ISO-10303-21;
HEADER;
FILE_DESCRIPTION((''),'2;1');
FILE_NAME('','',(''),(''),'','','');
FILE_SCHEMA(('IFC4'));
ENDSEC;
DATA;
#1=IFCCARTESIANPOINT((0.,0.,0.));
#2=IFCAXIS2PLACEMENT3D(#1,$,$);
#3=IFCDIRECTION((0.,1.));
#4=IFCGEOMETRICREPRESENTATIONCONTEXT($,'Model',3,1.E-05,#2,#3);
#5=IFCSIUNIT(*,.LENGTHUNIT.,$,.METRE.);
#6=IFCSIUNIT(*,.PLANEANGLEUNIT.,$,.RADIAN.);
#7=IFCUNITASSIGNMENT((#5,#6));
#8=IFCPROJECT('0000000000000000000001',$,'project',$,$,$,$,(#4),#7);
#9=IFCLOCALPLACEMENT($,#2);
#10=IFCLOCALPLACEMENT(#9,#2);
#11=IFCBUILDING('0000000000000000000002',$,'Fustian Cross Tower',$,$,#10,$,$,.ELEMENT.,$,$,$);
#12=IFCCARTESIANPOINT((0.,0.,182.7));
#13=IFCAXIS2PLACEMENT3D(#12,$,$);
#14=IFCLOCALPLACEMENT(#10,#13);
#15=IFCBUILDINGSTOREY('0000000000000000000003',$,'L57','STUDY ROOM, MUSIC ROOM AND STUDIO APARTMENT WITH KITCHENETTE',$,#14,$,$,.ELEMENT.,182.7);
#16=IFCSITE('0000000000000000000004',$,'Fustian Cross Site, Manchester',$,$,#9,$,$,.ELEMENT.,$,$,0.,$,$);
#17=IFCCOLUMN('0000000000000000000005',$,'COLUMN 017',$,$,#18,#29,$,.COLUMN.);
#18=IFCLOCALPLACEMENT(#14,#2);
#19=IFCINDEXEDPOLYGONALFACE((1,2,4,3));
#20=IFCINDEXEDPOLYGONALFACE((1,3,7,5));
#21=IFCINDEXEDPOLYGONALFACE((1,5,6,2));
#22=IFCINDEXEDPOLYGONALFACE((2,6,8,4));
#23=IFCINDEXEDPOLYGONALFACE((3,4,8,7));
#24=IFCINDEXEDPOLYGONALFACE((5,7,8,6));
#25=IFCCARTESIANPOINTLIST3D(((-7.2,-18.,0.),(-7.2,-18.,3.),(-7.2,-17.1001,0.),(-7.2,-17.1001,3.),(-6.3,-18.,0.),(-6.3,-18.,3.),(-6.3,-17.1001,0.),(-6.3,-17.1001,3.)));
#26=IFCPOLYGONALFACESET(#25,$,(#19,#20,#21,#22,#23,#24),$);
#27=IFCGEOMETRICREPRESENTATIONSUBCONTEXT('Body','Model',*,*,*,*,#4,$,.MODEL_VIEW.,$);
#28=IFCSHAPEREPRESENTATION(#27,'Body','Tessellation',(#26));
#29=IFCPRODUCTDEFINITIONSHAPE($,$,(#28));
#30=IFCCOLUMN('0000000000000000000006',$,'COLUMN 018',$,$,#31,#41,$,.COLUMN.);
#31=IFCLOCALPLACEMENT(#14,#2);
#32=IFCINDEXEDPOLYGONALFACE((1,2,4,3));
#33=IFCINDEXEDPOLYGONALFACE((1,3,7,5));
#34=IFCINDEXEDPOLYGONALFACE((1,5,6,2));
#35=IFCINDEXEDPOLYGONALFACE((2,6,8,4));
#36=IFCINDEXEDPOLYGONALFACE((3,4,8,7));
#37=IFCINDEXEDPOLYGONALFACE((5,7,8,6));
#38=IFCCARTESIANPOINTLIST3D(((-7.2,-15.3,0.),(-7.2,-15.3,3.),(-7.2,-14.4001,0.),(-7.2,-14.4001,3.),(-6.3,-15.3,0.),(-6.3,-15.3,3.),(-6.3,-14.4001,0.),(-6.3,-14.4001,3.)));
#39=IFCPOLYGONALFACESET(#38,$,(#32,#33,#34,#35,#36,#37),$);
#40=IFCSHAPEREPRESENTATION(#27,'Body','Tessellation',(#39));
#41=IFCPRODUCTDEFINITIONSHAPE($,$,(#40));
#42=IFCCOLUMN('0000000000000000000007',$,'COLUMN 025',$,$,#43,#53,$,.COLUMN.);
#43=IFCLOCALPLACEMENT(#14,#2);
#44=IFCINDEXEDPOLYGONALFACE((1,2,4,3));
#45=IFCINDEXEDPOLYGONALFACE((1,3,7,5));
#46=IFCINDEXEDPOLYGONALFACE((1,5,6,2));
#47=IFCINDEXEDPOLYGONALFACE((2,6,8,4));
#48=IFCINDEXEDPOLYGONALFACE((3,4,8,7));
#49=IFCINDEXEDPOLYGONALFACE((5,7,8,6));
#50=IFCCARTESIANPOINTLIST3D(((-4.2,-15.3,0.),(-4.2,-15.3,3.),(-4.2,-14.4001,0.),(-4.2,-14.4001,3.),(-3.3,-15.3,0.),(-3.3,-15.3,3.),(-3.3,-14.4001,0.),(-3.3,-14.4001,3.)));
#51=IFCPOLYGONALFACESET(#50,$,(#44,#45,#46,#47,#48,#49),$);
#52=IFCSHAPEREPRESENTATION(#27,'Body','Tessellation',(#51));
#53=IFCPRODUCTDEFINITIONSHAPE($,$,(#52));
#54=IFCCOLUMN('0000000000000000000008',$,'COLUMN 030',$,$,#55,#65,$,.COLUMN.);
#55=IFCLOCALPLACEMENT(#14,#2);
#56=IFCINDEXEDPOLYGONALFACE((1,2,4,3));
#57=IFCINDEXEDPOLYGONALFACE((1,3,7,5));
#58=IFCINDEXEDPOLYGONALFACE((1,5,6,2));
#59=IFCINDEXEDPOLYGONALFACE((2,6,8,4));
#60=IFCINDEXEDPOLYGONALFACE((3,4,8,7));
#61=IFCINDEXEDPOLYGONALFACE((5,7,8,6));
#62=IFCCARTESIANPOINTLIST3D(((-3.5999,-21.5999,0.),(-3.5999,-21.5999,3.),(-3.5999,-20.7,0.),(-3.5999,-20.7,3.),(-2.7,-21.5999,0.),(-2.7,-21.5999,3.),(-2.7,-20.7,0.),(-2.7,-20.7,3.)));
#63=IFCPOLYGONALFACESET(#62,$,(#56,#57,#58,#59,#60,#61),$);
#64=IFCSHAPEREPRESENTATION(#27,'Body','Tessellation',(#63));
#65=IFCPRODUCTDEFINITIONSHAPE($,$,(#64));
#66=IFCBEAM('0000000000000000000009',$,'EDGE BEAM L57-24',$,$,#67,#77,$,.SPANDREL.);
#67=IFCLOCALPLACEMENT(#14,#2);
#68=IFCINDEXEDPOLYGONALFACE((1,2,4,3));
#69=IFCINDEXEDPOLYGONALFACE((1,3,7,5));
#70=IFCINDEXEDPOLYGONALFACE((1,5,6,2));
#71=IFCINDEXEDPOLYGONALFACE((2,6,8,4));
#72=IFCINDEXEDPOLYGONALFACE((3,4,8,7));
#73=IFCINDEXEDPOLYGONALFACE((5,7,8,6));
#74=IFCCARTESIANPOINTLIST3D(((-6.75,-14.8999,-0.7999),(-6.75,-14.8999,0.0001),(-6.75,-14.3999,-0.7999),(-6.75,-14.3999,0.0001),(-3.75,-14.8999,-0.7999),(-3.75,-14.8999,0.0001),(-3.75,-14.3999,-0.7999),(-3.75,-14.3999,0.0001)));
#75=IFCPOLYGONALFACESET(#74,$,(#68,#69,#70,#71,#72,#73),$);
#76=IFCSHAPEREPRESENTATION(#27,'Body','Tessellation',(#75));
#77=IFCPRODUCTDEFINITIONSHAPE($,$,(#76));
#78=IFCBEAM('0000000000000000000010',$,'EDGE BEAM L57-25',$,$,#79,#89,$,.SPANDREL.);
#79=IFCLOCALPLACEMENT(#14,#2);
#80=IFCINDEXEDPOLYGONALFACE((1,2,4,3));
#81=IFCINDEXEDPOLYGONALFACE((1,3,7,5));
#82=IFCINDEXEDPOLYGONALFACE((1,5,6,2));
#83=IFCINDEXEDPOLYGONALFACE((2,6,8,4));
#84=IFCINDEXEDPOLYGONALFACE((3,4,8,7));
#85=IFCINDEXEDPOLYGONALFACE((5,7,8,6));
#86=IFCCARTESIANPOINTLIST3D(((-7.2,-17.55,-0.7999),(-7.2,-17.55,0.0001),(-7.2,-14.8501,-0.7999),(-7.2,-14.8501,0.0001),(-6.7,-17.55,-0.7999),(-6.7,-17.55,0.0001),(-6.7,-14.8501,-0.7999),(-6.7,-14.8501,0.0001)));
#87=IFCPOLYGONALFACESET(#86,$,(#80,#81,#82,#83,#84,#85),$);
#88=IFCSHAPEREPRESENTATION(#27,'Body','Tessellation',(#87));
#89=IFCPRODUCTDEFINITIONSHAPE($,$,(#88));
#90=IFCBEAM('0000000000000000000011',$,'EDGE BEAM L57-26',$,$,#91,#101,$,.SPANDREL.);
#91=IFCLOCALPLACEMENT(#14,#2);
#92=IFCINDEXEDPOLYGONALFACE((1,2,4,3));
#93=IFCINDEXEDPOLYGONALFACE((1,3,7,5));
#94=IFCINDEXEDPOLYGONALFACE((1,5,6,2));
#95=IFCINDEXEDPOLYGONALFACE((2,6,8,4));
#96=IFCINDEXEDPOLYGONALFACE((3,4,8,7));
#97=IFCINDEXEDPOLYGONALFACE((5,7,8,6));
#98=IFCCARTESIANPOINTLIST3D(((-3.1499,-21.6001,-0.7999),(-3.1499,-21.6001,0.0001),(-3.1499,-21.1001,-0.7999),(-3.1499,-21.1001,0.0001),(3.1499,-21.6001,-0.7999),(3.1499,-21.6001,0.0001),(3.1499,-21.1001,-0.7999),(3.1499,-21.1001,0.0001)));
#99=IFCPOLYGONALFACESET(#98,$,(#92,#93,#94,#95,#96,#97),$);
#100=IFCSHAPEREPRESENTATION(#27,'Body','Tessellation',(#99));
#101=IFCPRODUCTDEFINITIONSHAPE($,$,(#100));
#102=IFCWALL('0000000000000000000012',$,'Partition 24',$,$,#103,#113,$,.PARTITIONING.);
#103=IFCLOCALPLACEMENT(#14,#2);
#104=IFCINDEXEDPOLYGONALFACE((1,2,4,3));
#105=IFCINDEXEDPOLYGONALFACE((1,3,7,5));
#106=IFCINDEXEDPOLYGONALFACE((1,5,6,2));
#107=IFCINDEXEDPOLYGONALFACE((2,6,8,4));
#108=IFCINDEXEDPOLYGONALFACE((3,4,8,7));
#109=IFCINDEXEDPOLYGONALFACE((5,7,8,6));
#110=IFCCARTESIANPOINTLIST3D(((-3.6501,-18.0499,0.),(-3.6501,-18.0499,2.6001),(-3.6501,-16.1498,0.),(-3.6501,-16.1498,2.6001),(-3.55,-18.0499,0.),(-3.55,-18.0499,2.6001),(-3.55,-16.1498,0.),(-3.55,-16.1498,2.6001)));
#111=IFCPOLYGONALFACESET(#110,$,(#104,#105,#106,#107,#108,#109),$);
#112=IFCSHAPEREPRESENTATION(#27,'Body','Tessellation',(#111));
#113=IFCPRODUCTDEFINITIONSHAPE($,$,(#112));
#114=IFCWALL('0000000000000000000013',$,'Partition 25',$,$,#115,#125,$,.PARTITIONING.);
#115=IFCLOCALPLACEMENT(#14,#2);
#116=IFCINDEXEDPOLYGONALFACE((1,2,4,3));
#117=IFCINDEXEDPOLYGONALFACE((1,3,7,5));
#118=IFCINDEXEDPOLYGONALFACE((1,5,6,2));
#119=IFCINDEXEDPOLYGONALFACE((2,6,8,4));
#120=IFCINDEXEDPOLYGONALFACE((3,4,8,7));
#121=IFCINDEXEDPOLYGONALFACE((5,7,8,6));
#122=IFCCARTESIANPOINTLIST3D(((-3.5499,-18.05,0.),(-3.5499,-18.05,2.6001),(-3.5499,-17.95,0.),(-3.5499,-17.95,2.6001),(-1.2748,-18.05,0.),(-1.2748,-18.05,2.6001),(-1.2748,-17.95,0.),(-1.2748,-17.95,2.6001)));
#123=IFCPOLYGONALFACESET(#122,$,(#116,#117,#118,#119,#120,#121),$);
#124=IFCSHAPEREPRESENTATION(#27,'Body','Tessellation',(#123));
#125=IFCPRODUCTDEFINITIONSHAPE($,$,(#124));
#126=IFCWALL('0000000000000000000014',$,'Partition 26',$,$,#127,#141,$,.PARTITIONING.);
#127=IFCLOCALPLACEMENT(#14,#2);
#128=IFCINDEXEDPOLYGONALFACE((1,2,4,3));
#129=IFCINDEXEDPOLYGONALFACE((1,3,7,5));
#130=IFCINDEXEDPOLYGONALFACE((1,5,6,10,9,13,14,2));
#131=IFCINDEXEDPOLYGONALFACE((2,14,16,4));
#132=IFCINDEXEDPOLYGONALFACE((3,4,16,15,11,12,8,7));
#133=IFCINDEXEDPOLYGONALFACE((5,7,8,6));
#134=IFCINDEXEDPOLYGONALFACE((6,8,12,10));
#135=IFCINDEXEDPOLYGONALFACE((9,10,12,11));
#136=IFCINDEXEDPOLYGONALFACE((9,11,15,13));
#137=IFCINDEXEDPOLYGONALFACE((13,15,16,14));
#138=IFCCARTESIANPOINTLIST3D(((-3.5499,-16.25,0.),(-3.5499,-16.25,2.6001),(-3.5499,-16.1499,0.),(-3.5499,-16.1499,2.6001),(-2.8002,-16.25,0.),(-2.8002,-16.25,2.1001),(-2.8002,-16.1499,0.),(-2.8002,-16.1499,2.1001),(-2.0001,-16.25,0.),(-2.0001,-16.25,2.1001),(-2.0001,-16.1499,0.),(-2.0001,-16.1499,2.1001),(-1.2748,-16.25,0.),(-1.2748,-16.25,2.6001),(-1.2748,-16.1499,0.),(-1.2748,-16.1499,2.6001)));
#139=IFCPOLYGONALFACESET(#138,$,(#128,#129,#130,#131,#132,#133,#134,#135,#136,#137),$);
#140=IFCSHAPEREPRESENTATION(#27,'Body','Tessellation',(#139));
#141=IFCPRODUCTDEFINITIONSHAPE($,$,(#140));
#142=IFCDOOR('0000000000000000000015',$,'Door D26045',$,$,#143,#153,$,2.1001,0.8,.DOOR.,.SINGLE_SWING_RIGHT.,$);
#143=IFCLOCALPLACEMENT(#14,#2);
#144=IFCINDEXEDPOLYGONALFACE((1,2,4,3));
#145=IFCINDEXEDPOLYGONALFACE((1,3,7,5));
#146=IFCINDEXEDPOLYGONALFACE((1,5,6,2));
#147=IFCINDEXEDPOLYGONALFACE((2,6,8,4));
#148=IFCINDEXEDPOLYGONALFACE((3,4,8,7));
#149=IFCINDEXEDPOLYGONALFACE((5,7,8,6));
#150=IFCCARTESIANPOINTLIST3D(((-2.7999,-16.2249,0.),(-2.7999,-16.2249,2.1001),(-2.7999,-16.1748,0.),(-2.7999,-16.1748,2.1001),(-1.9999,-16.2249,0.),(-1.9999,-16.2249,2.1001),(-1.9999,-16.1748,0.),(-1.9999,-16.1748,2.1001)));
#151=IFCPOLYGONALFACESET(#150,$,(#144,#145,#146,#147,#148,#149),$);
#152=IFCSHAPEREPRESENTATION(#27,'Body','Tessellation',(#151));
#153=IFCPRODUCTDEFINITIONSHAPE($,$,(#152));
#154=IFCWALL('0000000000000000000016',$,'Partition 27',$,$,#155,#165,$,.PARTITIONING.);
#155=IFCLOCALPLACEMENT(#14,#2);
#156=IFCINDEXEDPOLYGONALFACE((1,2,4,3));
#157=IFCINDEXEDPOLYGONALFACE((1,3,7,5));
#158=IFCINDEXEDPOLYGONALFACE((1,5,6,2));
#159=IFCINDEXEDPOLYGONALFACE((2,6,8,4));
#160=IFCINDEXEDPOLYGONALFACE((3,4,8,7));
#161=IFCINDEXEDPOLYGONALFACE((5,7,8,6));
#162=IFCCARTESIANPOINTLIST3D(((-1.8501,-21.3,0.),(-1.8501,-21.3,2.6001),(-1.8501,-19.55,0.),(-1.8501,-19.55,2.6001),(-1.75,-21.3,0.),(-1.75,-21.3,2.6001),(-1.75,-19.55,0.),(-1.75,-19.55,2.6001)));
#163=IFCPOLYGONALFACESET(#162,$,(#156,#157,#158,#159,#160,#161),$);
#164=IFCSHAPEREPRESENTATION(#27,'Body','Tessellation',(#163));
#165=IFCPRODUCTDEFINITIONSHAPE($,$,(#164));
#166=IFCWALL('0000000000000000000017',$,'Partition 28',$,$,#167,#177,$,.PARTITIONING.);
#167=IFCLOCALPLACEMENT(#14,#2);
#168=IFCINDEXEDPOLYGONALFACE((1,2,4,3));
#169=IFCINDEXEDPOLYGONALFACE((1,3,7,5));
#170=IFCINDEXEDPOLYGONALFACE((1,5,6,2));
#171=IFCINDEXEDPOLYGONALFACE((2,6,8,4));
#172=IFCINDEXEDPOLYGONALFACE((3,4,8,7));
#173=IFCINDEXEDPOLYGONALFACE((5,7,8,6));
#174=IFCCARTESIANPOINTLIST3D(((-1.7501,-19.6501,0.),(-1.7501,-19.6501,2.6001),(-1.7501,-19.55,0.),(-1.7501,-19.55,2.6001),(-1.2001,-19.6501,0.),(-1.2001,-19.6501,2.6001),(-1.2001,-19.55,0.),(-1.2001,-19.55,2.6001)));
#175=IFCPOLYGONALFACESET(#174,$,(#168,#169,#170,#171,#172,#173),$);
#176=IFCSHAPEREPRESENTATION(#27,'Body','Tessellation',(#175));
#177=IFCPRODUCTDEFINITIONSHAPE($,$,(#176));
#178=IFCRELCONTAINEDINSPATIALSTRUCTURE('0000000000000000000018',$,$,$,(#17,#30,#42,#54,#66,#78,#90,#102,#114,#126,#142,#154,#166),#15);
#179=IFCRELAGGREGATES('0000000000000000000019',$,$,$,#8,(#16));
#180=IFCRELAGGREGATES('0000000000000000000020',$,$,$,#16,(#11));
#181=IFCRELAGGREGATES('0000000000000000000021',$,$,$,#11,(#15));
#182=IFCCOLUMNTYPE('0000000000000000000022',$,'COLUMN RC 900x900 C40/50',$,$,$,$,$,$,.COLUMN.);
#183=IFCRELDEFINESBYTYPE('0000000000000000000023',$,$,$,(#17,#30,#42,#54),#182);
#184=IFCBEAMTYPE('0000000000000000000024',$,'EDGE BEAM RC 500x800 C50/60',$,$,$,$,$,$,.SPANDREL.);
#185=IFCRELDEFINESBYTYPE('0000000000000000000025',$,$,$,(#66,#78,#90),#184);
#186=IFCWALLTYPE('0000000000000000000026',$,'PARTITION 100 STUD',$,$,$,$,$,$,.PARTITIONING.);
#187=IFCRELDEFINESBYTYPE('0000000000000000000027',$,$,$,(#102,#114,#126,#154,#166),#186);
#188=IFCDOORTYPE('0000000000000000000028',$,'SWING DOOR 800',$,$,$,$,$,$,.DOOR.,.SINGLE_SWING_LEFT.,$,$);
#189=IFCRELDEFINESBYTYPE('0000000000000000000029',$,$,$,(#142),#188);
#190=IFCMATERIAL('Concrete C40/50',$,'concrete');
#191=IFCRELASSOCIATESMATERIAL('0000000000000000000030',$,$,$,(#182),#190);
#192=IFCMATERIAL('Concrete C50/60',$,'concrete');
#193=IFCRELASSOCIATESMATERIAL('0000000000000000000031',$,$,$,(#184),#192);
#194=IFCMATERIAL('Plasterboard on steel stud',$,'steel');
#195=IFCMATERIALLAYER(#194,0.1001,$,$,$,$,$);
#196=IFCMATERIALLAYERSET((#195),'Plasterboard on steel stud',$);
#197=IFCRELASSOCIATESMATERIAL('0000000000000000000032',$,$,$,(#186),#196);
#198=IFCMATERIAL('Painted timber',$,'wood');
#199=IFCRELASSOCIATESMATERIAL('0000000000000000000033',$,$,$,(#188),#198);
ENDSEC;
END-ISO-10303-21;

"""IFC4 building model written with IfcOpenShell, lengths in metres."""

from ifc_helpers import new_model, si_unit, direction, frame, frame_2d, origin, origin_2d, place, context, subcontext, project, spatial, rectangle, extrude, material, layer, layer_set, material_profile, profile_set, type_object, element, fill, save


model = new_model("IFC4")

# Units and contexts
model_context = context("Model", 3, precision=1e-05, world=origin(), true_north=direction((0.0, 1.0)))
body_context = subcontext(model_context, "Body", "Model", "MODEL_VIEW")
ifc_project = project(units=[si_unit("LENGTHUNIT", "METRE"), si_unit("PLANEANGLEUNIT", "RADIAN")], contexts=[model_context])

# Site, building, storey
site_placement = place(None, origin())
site = spatial("IfcSite", under=ifc_project, at=site_placement, Name="Fustian Cross Site, Manchester", CompositionType="ELEMENT", RefElevation=0.0)
building_placement = place(site_placement, origin())
building = spatial("IfcBuilding", under=site, at=building_placement, Name="Fustian Cross Tower", CompositionType="ELEMENT")
storey_placement = place(building_placement, frame((0.0, 0.0, 182.7)))
storey = spatial("IfcBuildingStorey", under=building, at=storey_placement, Name="L57", Description="STUDY ROOM, MUSIC ROOM AND STUDIO APARTMENT WITH KITCHENETTE", CompositionType="ELEMENT", Elevation=182.7)

# Columns
ifc_material_1 = material(Name="Concrete C40/50", Category="concrete")
ifc_material_profile_1 = material_profile(ifc_material_1, rectangle(XDim=0.8999, YDim=0.8999, at=origin_2d()), Name="RC 900x900")
ifc_profile_set_1 = profile_set([ifc_material_profile_1], Name="Concrete C40/50")
column_type = type_object("IfcColumnType", Name="COLUMN RC 900x900 C40/50", PredefinedType="COLUMN", material=ifc_profile_set_1)
for number, where, z_axis, x_axis, name in (
    (1, (-6.75, -17.55, 0.0), (0.0, 0.0, 1.0), (1.0, 0.0, 0.0), "COLUMN 017"),
    (2, (-6.75, -14.8501, 0.0), (0.0, 0.0, 1.0), (1.0, 0.0, 0.0), "COLUMN 018"),
    (3, (-3.75, -14.8501, 0.0), (0.0, 0.0, 1.0), (1.0, 0.0, 0.0), "COLUMN 025"),
    (4, (-3.1499, -21.1499, 0.0), (0.0, 0.0, 1.0), (1.0, 0.0, 0.0), "COLUMN 030"),
):
    element("IfcColumn", number, at=place(storey_placement, frame(where, z_axis=z_axis, x_axis=x_axis)), inside=storey, type_object=column_type, Name=name, PredefinedType="COLUMN", context=body_context, shape_type="SweptSolid", body=[
        extrude(rectangle(XDim=0.8999, YDim=0.8999, at=origin_2d()), origin(), (0.0, 0.0, 1.0), 3.0),
    ])

# Beams
ifc_material_2 = material(Name="Concrete C50/60", Category="concrete")
ifc_material_profile_2 = material_profile(ifc_material_2, rectangle(XDim=0.5, YDim=0.8, at=origin_2d()), Name="RC 500x800")
ifc_profile_set_2 = profile_set([ifc_material_profile_2], Name="Concrete C50/60")
beam_type = type_object("IfcBeamType", Name="EDGE BEAM RC 500x800 C50/60", PredefinedType="SPANDREL", material=ifc_profile_set_2)
beam_1_placement = place(storey_placement, frame((-3.75, -14.6499, -0.3999), z_axis=(-1.0, 0.0, 0.0), x_axis=(0.0, -1.0, 0.0)))
element("IfcBeam", 5, at=beam_1_placement, inside=storey, type_object=beam_type, Name="EDGE BEAM L57-24", PredefinedType="SPANDREL", context=body_context, shape_type="SweptSolid", body=[
    extrude(rectangle(XDim=0.5, YDim=0.8, at=origin_2d()), origin(), (0.0, 0.0, 1.0), 3.0),
])
beam_2_placement = place(storey_placement, frame((-6.95, -14.8501, -0.3999), z_axis=(0.0, -1.0, 0.0), x_axis=(1.0, 0.0, 0.0)))
element("IfcBeam", 6, at=beam_2_placement, inside=storey, type_object=beam_type, Name="EDGE BEAM L57-25", PredefinedType="SPANDREL", context=body_context, shape_type="SweptSolid", body=[
    extrude(rectangle(XDim=0.5, YDim=0.8, at=origin_2d()), origin(), (0.0, 0.0, 1.0), 2.7),
])
beam_3_placement = place(storey_placement, frame((-3.1499, -21.3501, -0.3999), z_axis=(1.0, 0.0, 0.0), x_axis=(0.0, 1.0, 0.0)))
element("IfcBeam", 7, at=beam_3_placement, inside=storey, type_object=beam_type, Name="EDGE BEAM L57-26", PredefinedType="SPANDREL", context=body_context, shape_type="SweptSolid", body=[
    extrude(rectangle(XDim=0.5, YDim=0.8, at=origin_2d()), origin(), (0.0, 0.0, 1.0), 6.2998),
])

# Walls
ifc_material_3 = material(Name="Plasterboard on steel stud", Category="steel")
ifc_layer_1 = layer(ifc_material_3, 0.1001)
ifc_layer_set_1 = layer_set([ifc_layer_1], Name="Plasterboard on steel stud")
wall_type_1 = type_object("IfcWallType", Name="PARTITION 100 STUD", PredefinedType="PARTITIONING", material=ifc_layer_set_1)
wall_1_placement = place(storey_placement, frame((-3.6001, -18.05, 0.0), z_axis=(0.0, 0.0, 1.0), x_axis=(0.0, 1.0, 0.0)))
element("IfcWall", 8, at=wall_1_placement, inside=storey, type_object=wall_type_1, Name="Partition 24", PredefinedType="PARTITIONING", context=body_context, shape_type="SweptSolid", body=[
    extrude(rectangle(XDim=1.9001, YDim=0.1001, at=frame_2d((0.9502, 0.0))), origin(), (0.0, 0.0, 1.0), 2.6001),
])
wall_2_placement = place(storey_placement, frame((-3.55, -18.0, 0.0), z_axis=(0.0, 0.0, 1.0), x_axis=(1.0, 0.0, 0.0)))
element("IfcWall", 9, at=wall_2_placement, inside=storey, type_object=wall_type_1, Name="Partition 25", PredefinedType="PARTITIONING", context=body_context, shape_type="SweptSolid", body=[
    extrude(rectangle(XDim=2.2751, YDim=0.1001, at=frame_2d((1.1377, 0.0))), origin(), (0.0, 0.0, 1.0), 2.6001),
])

# Wall, opening, door
wall_3_placement = place(storey_placement, frame((-3.55, -16.2, 0.0), z_axis=(0.0, 0.0, 1.0), x_axis=(1.0, 0.0, 0.0)))
wall_3 = element("IfcWall", 10, at=wall_3_placement, inside=storey, type_object=wall_type_1, Name="Partition 26", PredefinedType="PARTITIONING", context=body_context, shape_type="SweptSolid", body=[
    extrude(rectangle(XDim=2.2751, YDim=0.1001, at=frame_2d((1.1377, 0.0))), origin(), (0.0, 0.0, 1.0), 2.6001),
])
opening_1_placement = place(wall_3_placement, frame((0.75, 0.0, 0.0)))
opening_1 = element("IfcOpeningElement", 11, at=opening_1_placement, cuts=wall_3, PredefinedType="OPENING", context=body_context, shape_type="SweptSolid", body=[
    extrude(rectangle(XDim=0.8, YDim=2.1001, at=frame_2d((0.3999, 1.05))), frame((0.0, 0.0601, 0.0), z_axis=(0.0, -1.0, 0.0), x_axis=(1.0, 0.0, 0.0)), (0.0, 0.0, 1.0), 0.1201),
])
ifc_material_4 = material(Name="Painted timber", Category="wood")
door_type = type_object("IfcDoorType", Name="SWING DOOR 800", OperationType="SINGLE_SWING_LEFT", PredefinedType="DOOR", material=ifc_material_4)
door_placement = place(opening_1_placement, frame((0.8, 0.0, 0.0), z_axis=(0.0, 0.0, 1.0), x_axis=(-1.0, 0.0, 0.0)))
door = element("IfcDoor", 12, at=door_placement, inside=storey, type_object=door_type, Name="Door D26045", OperationType="SINGLE_SWING_RIGHT", OverallHeight=2.1001, OverallWidth=0.8, PredefinedType="DOOR", context=body_context, shape_type="SweptSolid", body=[
    extrude(rectangle(XDim=0.8, YDim=2.1001, at=frame_2d((0.3999, 1.05))), frame((0.0, 0.0249, 0.0), z_axis=(0.0, -1.0, 0.0), x_axis=(1.0, 0.0, 0.0)), (0.0, 0.0, 1.0), 0.05),
])
fill(opening_1, door)

# Walls
wall_4_placement = place(storey_placement, frame((-1.8, -21.3, 0.0), z_axis=(0.0, 0.0, 1.0), x_axis=(0.0, 1.0, 0.0)))
element("IfcWall", 13, at=wall_4_placement, inside=storey, type_object=wall_type_1, Name="Partition 27", PredefinedType="PARTITIONING", context=body_context, shape_type="SweptSolid", body=[
    extrude(rectangle(XDim=1.75, YDim=0.1001, at=frame_2d((0.875, 0.0))), origin(), (0.0, 0.0, 1.0), 2.6001),
])
wall_5_placement = place(storey_placement, frame((-1.75, -19.6001, 0.0), z_axis=(0.0, 0.0, 1.0), x_axis=(1.0, 0.0, 0.0)))
element("IfcWall", 14, at=wall_5_placement, inside=storey, type_object=wall_type_1, Name="Partition 28", PredefinedType="PARTITIONING", context=body_context, shape_type="SweptSolid", body=[
    extrude(rectangle(XDim=0.55, YDim=0.1001, at=frame_2d((0.2749, 0.0))), origin(), (0.0, 0.0, 1.0), 2.6001),
])

save(model, "model.ifc")
